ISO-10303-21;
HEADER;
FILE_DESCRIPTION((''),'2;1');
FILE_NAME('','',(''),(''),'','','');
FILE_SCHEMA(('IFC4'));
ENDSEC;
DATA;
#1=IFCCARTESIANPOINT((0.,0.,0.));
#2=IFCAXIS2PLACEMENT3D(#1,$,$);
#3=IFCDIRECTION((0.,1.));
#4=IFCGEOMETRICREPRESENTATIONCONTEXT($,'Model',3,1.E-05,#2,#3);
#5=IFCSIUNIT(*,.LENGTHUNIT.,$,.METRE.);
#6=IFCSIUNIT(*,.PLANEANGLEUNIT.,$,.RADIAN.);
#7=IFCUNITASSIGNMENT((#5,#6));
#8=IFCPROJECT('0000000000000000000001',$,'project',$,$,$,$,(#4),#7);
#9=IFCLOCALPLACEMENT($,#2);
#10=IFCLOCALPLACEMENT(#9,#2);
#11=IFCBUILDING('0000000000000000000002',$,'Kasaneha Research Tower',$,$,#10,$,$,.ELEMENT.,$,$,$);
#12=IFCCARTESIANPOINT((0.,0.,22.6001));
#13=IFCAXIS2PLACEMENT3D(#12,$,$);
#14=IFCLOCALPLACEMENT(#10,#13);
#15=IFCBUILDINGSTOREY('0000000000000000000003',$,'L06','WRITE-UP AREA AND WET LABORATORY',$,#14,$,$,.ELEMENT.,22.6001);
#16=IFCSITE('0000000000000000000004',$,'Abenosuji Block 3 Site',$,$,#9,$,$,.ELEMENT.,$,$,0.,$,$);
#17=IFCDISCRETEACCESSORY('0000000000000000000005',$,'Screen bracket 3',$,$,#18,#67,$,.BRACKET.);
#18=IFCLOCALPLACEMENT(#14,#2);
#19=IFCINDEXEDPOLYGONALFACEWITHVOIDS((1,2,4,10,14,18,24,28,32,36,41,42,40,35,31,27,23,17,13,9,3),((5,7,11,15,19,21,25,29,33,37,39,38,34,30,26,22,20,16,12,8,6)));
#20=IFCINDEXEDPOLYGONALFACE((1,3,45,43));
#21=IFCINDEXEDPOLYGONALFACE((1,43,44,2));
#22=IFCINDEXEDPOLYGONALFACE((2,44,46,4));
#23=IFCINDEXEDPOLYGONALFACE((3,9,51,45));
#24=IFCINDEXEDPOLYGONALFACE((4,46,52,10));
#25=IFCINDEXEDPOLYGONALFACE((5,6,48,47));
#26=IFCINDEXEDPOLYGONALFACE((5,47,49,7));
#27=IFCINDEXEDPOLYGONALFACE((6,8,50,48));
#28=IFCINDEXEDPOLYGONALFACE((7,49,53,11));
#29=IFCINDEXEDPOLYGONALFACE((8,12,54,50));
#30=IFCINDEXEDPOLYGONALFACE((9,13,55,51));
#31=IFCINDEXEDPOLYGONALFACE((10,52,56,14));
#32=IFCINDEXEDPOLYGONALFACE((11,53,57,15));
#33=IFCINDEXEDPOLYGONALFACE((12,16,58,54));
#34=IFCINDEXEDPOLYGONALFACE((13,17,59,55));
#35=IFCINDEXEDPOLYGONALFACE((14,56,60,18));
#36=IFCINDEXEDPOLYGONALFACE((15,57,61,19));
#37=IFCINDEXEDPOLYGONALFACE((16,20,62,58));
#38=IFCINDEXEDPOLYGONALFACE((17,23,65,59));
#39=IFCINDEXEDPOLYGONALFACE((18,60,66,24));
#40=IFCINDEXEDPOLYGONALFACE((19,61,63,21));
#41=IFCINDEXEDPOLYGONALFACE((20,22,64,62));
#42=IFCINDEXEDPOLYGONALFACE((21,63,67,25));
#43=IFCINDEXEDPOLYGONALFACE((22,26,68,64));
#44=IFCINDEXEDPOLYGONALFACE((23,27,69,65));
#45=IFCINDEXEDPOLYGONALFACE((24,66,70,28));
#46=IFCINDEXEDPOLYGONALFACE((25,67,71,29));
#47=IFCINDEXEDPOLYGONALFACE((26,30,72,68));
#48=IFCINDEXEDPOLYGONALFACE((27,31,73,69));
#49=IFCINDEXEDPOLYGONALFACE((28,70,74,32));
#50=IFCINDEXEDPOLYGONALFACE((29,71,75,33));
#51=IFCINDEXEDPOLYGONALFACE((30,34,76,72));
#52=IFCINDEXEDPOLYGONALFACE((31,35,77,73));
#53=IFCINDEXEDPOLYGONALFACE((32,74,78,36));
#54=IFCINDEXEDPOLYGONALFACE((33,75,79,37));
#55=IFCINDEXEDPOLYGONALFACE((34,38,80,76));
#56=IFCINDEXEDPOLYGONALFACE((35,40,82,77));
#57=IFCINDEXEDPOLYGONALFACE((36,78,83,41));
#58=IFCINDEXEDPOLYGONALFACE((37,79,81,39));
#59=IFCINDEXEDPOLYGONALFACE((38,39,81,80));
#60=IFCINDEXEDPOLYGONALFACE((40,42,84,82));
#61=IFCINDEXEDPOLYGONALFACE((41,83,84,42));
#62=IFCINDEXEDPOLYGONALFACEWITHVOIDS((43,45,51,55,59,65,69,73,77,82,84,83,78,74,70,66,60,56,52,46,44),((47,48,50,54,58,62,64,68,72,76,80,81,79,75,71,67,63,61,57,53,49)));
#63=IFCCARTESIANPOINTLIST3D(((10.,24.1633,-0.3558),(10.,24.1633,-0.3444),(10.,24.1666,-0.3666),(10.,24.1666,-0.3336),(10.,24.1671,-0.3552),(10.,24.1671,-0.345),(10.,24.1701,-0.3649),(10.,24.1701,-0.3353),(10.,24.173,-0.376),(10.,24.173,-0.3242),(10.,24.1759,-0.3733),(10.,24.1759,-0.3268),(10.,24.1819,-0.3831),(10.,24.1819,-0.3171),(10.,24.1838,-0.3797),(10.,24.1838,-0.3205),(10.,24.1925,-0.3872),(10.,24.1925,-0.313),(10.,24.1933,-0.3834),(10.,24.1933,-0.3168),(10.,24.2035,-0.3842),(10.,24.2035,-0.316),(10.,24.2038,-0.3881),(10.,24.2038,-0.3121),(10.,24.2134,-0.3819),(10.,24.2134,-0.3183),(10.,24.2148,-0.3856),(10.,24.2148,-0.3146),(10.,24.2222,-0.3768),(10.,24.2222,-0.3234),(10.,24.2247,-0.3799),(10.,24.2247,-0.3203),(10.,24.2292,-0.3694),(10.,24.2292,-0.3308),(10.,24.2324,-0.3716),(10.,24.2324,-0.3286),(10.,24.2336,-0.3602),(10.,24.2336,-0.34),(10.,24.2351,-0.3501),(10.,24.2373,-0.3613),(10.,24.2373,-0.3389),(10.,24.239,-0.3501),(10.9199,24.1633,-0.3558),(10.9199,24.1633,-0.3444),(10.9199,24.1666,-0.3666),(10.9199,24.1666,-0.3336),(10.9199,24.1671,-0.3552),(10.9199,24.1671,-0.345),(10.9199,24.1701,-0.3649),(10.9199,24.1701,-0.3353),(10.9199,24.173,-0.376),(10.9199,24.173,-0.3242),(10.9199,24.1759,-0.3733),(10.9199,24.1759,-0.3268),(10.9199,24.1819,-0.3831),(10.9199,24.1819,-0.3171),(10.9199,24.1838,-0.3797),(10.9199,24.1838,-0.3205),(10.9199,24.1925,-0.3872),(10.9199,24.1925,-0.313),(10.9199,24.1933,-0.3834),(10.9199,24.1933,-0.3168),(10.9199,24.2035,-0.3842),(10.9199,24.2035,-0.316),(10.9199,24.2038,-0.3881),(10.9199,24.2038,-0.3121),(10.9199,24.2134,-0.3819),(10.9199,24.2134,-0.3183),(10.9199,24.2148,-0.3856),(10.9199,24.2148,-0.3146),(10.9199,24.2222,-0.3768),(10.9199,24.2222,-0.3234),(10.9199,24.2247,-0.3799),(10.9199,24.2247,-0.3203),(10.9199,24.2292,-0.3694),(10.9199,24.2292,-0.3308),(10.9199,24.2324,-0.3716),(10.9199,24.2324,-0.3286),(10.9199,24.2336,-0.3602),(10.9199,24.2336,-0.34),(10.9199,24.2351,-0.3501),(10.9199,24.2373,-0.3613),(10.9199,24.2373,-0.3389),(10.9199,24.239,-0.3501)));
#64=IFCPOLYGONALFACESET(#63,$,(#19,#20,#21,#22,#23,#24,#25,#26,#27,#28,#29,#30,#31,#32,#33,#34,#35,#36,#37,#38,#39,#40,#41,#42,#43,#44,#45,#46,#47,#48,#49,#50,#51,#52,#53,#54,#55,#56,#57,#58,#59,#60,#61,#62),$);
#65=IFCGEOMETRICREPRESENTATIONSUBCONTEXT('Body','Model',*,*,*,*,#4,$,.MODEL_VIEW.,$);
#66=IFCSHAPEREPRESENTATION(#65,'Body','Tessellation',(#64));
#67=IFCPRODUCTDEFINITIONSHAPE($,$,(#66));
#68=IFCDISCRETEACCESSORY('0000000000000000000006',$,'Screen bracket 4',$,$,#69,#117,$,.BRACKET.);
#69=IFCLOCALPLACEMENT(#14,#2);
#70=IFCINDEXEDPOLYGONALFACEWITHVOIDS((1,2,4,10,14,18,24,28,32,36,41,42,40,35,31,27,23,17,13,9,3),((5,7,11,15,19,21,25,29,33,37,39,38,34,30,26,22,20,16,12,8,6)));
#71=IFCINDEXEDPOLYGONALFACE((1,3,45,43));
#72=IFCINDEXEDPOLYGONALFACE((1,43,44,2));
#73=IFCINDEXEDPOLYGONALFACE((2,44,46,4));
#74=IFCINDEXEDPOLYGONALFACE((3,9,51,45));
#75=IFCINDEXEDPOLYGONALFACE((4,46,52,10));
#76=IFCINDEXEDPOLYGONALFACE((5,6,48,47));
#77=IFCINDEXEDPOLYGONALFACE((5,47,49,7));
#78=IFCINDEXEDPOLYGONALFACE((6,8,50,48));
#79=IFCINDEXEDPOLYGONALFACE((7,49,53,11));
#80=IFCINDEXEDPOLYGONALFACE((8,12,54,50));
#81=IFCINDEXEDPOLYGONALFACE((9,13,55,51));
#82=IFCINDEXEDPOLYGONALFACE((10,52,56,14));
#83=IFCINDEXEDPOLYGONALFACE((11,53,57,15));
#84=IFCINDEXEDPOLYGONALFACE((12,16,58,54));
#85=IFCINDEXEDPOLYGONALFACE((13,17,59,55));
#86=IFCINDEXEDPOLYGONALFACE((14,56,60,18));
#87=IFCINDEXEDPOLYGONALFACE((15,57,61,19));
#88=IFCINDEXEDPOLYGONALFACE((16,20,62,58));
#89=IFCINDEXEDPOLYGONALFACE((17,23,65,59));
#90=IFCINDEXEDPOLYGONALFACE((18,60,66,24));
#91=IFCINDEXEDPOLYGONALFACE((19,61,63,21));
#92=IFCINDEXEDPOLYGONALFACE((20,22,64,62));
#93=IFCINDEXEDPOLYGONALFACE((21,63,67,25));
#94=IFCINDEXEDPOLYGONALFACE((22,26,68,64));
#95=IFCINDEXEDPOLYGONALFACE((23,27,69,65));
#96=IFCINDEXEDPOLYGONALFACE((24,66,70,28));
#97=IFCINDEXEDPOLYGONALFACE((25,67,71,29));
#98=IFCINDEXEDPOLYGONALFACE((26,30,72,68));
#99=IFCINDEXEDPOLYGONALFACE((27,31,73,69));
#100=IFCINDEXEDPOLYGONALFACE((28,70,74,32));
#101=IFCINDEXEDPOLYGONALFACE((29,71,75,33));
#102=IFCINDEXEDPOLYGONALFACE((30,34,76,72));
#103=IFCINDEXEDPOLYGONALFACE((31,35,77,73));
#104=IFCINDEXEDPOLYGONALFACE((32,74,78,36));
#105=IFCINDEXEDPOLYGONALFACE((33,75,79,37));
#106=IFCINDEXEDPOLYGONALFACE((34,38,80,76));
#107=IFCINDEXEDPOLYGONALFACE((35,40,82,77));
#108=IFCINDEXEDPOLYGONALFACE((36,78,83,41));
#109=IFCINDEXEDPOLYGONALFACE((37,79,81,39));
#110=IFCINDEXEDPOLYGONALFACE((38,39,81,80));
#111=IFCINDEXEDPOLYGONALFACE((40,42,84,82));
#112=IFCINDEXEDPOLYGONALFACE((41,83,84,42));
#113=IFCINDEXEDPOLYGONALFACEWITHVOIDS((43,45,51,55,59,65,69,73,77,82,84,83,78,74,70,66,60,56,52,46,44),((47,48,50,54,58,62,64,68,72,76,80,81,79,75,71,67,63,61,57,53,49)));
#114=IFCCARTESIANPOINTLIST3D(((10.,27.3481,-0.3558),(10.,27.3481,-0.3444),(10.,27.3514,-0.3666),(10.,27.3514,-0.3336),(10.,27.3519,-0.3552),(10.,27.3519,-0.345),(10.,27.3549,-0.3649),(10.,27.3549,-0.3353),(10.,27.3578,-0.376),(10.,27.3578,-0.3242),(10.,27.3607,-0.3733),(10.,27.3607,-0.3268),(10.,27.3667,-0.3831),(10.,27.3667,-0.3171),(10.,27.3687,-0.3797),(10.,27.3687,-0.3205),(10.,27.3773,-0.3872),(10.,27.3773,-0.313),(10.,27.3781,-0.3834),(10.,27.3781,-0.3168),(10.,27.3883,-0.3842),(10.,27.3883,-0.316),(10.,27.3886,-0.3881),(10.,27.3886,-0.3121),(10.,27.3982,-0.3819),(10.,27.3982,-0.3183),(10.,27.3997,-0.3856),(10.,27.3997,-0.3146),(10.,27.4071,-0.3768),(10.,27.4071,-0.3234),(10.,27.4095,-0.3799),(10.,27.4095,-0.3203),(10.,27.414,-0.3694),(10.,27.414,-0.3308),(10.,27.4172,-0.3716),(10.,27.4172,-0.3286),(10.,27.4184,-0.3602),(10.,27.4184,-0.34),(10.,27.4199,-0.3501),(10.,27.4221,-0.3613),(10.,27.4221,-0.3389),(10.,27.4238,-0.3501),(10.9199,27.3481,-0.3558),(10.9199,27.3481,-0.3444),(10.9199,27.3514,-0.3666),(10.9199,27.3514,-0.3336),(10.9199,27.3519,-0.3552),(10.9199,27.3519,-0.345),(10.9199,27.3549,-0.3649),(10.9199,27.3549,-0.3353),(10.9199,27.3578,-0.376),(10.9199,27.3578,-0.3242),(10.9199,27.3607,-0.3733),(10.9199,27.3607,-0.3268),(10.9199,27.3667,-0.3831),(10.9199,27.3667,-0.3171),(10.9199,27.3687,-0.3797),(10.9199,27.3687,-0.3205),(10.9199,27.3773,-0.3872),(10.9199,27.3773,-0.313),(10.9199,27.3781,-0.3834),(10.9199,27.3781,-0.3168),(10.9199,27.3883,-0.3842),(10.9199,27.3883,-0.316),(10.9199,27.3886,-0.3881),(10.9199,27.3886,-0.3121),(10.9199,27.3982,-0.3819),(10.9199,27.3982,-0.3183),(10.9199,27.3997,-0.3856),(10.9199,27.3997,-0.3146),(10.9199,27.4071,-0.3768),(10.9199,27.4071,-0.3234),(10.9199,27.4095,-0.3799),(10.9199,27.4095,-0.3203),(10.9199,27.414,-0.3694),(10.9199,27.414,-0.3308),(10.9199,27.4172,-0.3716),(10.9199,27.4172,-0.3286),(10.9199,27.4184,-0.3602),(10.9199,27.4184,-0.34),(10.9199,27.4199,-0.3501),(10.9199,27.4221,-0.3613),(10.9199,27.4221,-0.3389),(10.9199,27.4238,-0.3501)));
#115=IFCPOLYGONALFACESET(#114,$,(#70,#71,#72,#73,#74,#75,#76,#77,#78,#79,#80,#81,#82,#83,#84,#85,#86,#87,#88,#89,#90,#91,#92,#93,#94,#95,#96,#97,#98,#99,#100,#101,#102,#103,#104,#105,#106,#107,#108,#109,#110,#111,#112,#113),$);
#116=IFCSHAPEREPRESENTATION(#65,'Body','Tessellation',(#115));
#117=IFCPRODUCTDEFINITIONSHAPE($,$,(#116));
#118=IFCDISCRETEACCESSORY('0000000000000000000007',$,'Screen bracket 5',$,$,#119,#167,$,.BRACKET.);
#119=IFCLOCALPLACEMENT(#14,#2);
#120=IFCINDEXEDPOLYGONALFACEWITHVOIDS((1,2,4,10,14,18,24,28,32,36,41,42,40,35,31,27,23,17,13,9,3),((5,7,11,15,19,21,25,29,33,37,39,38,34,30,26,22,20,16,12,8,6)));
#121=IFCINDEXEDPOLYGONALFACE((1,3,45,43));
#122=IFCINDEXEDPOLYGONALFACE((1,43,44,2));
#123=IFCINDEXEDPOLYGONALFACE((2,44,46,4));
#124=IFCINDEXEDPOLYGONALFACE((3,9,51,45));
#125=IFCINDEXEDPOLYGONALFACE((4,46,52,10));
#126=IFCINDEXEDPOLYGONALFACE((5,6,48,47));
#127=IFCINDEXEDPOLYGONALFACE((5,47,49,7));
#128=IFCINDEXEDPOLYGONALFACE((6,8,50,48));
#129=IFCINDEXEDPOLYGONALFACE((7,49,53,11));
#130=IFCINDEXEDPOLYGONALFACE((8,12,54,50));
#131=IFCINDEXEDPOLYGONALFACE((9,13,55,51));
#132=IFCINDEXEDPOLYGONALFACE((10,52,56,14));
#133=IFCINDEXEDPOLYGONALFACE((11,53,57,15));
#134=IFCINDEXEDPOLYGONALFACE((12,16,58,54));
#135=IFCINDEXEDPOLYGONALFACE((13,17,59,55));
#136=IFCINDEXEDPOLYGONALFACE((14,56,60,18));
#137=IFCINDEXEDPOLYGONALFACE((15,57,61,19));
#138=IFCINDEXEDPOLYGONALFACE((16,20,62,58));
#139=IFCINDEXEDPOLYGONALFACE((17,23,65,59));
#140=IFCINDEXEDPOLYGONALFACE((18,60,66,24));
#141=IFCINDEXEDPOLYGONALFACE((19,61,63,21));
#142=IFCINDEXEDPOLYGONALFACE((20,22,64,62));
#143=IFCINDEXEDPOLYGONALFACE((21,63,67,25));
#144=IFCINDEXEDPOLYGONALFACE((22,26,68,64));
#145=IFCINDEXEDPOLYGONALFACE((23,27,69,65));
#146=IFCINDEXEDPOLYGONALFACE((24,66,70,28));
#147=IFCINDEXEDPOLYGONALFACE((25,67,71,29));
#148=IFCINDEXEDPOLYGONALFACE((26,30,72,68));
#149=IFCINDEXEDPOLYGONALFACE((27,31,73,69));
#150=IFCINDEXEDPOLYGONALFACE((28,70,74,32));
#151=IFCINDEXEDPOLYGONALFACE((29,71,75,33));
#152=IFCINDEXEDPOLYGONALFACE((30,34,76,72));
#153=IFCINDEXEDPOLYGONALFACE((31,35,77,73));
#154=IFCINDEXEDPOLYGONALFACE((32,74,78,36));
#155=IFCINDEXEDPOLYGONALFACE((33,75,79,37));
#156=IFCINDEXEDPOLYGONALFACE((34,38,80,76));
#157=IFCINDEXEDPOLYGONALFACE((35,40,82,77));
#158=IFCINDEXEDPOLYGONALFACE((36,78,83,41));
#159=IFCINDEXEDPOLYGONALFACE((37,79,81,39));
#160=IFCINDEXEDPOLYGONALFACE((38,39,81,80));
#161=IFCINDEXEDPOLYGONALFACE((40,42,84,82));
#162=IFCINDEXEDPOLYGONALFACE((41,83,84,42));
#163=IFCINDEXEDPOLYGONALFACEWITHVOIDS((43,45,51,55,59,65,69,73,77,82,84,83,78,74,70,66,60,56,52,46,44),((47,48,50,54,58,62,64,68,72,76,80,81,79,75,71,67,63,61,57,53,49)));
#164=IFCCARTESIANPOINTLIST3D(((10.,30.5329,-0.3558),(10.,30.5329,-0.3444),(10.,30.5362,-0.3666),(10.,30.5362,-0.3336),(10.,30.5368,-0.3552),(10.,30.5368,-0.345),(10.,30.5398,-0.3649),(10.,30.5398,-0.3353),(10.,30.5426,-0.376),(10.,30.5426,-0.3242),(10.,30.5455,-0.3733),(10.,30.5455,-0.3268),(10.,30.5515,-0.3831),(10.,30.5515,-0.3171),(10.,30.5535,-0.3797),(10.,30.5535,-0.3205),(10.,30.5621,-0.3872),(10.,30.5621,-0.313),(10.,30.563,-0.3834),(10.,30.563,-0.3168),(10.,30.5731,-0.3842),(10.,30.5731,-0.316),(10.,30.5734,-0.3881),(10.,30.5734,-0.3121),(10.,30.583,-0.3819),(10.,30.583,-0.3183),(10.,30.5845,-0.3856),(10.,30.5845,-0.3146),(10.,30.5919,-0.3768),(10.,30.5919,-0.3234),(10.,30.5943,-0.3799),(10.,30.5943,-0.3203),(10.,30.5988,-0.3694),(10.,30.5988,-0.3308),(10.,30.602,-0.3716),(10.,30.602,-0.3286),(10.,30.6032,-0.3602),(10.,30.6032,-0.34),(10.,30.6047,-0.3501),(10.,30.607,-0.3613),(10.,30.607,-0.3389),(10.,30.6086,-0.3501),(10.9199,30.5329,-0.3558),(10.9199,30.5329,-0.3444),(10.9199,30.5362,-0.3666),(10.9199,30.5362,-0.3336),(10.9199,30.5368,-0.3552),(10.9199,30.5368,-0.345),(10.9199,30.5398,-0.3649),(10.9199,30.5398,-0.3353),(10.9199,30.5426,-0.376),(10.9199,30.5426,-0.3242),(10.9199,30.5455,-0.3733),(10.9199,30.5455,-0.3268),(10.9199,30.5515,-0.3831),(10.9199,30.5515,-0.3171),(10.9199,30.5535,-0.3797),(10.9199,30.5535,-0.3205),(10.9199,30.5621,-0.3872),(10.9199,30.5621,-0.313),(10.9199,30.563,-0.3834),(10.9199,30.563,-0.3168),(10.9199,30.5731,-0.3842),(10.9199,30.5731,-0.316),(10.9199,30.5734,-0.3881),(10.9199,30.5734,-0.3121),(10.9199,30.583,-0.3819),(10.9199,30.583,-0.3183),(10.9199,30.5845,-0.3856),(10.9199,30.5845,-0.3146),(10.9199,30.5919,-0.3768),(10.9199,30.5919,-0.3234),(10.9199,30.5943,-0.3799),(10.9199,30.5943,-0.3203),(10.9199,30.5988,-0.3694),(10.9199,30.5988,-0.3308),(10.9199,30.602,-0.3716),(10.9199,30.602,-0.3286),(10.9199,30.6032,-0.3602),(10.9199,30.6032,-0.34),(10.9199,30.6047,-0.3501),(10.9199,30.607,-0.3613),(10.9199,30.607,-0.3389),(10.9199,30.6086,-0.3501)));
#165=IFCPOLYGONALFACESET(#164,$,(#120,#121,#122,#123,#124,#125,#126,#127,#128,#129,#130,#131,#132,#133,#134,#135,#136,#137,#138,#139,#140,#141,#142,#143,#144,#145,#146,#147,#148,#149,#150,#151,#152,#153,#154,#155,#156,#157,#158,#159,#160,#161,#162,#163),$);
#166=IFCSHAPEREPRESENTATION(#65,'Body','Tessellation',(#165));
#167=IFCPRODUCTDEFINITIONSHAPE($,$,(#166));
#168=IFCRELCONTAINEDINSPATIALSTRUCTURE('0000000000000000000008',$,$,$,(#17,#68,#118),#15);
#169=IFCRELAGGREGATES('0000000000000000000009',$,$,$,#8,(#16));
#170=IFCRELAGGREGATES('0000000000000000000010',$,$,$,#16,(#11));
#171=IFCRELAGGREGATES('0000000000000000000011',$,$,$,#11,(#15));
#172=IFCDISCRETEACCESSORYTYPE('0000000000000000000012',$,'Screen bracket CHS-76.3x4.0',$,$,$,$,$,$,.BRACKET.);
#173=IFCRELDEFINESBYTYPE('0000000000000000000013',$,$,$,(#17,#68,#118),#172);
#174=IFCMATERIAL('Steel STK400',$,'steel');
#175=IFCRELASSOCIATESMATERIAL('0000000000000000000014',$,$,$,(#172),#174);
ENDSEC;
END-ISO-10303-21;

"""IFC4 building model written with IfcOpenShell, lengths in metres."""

from ifc_helpers import new_model, si_unit, direction, frame, origin, origin_2d, place, context, subcontext, project, spatial, hollow_circle, extrude, material, material_profile, profile_set, type_object, element, save


model = new_model("IFC4")

# Units and contexts
model_context = context("Model", 3, precision=1e-05, world=origin(), true_north=direction((0.0, 1.0)))
body_context = subcontext(model_context, "Body", "Model", "MODEL_VIEW")
ifc_project = project(units=[si_unit("LENGTHUNIT", "METRE"), si_unit("PLANEANGLEUNIT", "RADIAN")], contexts=[model_context])

# Site, building, storey
site_placement = place(None, origin())
site = spatial("IfcSite", under=ifc_project, at=site_placement, Name="Abenosuji Block 3 Site", CompositionType="ELEMENT", RefElevation=0.0)
building_placement = place(site_placement, origin())
building = spatial("IfcBuilding", under=site, at=building_placement, Name="Kasaneha Research Tower", CompositionType="ELEMENT")
storey_placement = place(building_placement, frame((0.0, 0.0, 22.6001)))
storey = spatial("IfcBuildingStorey", under=building, at=storey_placement, Name="L06", Description="WRITE-UP AREA AND WET LABORATORY", CompositionType="ELEMENT", Elevation=22.6001)

# Discrete accessories
ifc_material_1 = material(Name="Steel STK400", Category="steel")
ifc_material_profile_1 = material_profile(ifc_material_1, hollow_circle(Radius=0.0381, WallThickness=0.0039, at=origin_2d()), Name="CHS-76.3x4.0")
ifc_profile_set_1 = profile_set([ifc_material_profile_1], Name="Steel STK400")
discrete_accessory_type = type_object("IfcDiscreteAccessoryType", Name="Screen bracket CHS-76.3x4.0", PredefinedType="BRACKET", material=ifc_profile_set_1)
for number, where, z_axis, x_axis, name in (
    (1, (10.0, 24.2009, -0.3501), (1.0, 0.0, 0.0), (0.0, 1.0, 0.0), "Screen bracket 3"),
    (2, (10.0, 27.3857, -0.3501), (1.0, 0.0, 0.0), (0.0, 1.0, 0.0), "Screen bracket 4"),
    (3, (10.0, 30.5706, -0.3501), (1.0, 0.0, 0.0), (0.0, 1.0, 0.0), "Screen bracket 5"),
):
    element("IfcDiscreteAccessory", number, at=place(storey_placement, frame(where, z_axis=z_axis, x_axis=x_axis)), inside=storey, type_object=discrete_accessory_type, Name=name, PredefinedType="BRACKET", context=body_context, shape_type="SweptSolid", body=[
        extrude(hollow_circle(Radius=0.0381, WallThickness=0.0039, at=origin_2d()), origin(), (0.0, 0.0, 1.0), 0.9199),
    ])

save(model, "model.ifc")
